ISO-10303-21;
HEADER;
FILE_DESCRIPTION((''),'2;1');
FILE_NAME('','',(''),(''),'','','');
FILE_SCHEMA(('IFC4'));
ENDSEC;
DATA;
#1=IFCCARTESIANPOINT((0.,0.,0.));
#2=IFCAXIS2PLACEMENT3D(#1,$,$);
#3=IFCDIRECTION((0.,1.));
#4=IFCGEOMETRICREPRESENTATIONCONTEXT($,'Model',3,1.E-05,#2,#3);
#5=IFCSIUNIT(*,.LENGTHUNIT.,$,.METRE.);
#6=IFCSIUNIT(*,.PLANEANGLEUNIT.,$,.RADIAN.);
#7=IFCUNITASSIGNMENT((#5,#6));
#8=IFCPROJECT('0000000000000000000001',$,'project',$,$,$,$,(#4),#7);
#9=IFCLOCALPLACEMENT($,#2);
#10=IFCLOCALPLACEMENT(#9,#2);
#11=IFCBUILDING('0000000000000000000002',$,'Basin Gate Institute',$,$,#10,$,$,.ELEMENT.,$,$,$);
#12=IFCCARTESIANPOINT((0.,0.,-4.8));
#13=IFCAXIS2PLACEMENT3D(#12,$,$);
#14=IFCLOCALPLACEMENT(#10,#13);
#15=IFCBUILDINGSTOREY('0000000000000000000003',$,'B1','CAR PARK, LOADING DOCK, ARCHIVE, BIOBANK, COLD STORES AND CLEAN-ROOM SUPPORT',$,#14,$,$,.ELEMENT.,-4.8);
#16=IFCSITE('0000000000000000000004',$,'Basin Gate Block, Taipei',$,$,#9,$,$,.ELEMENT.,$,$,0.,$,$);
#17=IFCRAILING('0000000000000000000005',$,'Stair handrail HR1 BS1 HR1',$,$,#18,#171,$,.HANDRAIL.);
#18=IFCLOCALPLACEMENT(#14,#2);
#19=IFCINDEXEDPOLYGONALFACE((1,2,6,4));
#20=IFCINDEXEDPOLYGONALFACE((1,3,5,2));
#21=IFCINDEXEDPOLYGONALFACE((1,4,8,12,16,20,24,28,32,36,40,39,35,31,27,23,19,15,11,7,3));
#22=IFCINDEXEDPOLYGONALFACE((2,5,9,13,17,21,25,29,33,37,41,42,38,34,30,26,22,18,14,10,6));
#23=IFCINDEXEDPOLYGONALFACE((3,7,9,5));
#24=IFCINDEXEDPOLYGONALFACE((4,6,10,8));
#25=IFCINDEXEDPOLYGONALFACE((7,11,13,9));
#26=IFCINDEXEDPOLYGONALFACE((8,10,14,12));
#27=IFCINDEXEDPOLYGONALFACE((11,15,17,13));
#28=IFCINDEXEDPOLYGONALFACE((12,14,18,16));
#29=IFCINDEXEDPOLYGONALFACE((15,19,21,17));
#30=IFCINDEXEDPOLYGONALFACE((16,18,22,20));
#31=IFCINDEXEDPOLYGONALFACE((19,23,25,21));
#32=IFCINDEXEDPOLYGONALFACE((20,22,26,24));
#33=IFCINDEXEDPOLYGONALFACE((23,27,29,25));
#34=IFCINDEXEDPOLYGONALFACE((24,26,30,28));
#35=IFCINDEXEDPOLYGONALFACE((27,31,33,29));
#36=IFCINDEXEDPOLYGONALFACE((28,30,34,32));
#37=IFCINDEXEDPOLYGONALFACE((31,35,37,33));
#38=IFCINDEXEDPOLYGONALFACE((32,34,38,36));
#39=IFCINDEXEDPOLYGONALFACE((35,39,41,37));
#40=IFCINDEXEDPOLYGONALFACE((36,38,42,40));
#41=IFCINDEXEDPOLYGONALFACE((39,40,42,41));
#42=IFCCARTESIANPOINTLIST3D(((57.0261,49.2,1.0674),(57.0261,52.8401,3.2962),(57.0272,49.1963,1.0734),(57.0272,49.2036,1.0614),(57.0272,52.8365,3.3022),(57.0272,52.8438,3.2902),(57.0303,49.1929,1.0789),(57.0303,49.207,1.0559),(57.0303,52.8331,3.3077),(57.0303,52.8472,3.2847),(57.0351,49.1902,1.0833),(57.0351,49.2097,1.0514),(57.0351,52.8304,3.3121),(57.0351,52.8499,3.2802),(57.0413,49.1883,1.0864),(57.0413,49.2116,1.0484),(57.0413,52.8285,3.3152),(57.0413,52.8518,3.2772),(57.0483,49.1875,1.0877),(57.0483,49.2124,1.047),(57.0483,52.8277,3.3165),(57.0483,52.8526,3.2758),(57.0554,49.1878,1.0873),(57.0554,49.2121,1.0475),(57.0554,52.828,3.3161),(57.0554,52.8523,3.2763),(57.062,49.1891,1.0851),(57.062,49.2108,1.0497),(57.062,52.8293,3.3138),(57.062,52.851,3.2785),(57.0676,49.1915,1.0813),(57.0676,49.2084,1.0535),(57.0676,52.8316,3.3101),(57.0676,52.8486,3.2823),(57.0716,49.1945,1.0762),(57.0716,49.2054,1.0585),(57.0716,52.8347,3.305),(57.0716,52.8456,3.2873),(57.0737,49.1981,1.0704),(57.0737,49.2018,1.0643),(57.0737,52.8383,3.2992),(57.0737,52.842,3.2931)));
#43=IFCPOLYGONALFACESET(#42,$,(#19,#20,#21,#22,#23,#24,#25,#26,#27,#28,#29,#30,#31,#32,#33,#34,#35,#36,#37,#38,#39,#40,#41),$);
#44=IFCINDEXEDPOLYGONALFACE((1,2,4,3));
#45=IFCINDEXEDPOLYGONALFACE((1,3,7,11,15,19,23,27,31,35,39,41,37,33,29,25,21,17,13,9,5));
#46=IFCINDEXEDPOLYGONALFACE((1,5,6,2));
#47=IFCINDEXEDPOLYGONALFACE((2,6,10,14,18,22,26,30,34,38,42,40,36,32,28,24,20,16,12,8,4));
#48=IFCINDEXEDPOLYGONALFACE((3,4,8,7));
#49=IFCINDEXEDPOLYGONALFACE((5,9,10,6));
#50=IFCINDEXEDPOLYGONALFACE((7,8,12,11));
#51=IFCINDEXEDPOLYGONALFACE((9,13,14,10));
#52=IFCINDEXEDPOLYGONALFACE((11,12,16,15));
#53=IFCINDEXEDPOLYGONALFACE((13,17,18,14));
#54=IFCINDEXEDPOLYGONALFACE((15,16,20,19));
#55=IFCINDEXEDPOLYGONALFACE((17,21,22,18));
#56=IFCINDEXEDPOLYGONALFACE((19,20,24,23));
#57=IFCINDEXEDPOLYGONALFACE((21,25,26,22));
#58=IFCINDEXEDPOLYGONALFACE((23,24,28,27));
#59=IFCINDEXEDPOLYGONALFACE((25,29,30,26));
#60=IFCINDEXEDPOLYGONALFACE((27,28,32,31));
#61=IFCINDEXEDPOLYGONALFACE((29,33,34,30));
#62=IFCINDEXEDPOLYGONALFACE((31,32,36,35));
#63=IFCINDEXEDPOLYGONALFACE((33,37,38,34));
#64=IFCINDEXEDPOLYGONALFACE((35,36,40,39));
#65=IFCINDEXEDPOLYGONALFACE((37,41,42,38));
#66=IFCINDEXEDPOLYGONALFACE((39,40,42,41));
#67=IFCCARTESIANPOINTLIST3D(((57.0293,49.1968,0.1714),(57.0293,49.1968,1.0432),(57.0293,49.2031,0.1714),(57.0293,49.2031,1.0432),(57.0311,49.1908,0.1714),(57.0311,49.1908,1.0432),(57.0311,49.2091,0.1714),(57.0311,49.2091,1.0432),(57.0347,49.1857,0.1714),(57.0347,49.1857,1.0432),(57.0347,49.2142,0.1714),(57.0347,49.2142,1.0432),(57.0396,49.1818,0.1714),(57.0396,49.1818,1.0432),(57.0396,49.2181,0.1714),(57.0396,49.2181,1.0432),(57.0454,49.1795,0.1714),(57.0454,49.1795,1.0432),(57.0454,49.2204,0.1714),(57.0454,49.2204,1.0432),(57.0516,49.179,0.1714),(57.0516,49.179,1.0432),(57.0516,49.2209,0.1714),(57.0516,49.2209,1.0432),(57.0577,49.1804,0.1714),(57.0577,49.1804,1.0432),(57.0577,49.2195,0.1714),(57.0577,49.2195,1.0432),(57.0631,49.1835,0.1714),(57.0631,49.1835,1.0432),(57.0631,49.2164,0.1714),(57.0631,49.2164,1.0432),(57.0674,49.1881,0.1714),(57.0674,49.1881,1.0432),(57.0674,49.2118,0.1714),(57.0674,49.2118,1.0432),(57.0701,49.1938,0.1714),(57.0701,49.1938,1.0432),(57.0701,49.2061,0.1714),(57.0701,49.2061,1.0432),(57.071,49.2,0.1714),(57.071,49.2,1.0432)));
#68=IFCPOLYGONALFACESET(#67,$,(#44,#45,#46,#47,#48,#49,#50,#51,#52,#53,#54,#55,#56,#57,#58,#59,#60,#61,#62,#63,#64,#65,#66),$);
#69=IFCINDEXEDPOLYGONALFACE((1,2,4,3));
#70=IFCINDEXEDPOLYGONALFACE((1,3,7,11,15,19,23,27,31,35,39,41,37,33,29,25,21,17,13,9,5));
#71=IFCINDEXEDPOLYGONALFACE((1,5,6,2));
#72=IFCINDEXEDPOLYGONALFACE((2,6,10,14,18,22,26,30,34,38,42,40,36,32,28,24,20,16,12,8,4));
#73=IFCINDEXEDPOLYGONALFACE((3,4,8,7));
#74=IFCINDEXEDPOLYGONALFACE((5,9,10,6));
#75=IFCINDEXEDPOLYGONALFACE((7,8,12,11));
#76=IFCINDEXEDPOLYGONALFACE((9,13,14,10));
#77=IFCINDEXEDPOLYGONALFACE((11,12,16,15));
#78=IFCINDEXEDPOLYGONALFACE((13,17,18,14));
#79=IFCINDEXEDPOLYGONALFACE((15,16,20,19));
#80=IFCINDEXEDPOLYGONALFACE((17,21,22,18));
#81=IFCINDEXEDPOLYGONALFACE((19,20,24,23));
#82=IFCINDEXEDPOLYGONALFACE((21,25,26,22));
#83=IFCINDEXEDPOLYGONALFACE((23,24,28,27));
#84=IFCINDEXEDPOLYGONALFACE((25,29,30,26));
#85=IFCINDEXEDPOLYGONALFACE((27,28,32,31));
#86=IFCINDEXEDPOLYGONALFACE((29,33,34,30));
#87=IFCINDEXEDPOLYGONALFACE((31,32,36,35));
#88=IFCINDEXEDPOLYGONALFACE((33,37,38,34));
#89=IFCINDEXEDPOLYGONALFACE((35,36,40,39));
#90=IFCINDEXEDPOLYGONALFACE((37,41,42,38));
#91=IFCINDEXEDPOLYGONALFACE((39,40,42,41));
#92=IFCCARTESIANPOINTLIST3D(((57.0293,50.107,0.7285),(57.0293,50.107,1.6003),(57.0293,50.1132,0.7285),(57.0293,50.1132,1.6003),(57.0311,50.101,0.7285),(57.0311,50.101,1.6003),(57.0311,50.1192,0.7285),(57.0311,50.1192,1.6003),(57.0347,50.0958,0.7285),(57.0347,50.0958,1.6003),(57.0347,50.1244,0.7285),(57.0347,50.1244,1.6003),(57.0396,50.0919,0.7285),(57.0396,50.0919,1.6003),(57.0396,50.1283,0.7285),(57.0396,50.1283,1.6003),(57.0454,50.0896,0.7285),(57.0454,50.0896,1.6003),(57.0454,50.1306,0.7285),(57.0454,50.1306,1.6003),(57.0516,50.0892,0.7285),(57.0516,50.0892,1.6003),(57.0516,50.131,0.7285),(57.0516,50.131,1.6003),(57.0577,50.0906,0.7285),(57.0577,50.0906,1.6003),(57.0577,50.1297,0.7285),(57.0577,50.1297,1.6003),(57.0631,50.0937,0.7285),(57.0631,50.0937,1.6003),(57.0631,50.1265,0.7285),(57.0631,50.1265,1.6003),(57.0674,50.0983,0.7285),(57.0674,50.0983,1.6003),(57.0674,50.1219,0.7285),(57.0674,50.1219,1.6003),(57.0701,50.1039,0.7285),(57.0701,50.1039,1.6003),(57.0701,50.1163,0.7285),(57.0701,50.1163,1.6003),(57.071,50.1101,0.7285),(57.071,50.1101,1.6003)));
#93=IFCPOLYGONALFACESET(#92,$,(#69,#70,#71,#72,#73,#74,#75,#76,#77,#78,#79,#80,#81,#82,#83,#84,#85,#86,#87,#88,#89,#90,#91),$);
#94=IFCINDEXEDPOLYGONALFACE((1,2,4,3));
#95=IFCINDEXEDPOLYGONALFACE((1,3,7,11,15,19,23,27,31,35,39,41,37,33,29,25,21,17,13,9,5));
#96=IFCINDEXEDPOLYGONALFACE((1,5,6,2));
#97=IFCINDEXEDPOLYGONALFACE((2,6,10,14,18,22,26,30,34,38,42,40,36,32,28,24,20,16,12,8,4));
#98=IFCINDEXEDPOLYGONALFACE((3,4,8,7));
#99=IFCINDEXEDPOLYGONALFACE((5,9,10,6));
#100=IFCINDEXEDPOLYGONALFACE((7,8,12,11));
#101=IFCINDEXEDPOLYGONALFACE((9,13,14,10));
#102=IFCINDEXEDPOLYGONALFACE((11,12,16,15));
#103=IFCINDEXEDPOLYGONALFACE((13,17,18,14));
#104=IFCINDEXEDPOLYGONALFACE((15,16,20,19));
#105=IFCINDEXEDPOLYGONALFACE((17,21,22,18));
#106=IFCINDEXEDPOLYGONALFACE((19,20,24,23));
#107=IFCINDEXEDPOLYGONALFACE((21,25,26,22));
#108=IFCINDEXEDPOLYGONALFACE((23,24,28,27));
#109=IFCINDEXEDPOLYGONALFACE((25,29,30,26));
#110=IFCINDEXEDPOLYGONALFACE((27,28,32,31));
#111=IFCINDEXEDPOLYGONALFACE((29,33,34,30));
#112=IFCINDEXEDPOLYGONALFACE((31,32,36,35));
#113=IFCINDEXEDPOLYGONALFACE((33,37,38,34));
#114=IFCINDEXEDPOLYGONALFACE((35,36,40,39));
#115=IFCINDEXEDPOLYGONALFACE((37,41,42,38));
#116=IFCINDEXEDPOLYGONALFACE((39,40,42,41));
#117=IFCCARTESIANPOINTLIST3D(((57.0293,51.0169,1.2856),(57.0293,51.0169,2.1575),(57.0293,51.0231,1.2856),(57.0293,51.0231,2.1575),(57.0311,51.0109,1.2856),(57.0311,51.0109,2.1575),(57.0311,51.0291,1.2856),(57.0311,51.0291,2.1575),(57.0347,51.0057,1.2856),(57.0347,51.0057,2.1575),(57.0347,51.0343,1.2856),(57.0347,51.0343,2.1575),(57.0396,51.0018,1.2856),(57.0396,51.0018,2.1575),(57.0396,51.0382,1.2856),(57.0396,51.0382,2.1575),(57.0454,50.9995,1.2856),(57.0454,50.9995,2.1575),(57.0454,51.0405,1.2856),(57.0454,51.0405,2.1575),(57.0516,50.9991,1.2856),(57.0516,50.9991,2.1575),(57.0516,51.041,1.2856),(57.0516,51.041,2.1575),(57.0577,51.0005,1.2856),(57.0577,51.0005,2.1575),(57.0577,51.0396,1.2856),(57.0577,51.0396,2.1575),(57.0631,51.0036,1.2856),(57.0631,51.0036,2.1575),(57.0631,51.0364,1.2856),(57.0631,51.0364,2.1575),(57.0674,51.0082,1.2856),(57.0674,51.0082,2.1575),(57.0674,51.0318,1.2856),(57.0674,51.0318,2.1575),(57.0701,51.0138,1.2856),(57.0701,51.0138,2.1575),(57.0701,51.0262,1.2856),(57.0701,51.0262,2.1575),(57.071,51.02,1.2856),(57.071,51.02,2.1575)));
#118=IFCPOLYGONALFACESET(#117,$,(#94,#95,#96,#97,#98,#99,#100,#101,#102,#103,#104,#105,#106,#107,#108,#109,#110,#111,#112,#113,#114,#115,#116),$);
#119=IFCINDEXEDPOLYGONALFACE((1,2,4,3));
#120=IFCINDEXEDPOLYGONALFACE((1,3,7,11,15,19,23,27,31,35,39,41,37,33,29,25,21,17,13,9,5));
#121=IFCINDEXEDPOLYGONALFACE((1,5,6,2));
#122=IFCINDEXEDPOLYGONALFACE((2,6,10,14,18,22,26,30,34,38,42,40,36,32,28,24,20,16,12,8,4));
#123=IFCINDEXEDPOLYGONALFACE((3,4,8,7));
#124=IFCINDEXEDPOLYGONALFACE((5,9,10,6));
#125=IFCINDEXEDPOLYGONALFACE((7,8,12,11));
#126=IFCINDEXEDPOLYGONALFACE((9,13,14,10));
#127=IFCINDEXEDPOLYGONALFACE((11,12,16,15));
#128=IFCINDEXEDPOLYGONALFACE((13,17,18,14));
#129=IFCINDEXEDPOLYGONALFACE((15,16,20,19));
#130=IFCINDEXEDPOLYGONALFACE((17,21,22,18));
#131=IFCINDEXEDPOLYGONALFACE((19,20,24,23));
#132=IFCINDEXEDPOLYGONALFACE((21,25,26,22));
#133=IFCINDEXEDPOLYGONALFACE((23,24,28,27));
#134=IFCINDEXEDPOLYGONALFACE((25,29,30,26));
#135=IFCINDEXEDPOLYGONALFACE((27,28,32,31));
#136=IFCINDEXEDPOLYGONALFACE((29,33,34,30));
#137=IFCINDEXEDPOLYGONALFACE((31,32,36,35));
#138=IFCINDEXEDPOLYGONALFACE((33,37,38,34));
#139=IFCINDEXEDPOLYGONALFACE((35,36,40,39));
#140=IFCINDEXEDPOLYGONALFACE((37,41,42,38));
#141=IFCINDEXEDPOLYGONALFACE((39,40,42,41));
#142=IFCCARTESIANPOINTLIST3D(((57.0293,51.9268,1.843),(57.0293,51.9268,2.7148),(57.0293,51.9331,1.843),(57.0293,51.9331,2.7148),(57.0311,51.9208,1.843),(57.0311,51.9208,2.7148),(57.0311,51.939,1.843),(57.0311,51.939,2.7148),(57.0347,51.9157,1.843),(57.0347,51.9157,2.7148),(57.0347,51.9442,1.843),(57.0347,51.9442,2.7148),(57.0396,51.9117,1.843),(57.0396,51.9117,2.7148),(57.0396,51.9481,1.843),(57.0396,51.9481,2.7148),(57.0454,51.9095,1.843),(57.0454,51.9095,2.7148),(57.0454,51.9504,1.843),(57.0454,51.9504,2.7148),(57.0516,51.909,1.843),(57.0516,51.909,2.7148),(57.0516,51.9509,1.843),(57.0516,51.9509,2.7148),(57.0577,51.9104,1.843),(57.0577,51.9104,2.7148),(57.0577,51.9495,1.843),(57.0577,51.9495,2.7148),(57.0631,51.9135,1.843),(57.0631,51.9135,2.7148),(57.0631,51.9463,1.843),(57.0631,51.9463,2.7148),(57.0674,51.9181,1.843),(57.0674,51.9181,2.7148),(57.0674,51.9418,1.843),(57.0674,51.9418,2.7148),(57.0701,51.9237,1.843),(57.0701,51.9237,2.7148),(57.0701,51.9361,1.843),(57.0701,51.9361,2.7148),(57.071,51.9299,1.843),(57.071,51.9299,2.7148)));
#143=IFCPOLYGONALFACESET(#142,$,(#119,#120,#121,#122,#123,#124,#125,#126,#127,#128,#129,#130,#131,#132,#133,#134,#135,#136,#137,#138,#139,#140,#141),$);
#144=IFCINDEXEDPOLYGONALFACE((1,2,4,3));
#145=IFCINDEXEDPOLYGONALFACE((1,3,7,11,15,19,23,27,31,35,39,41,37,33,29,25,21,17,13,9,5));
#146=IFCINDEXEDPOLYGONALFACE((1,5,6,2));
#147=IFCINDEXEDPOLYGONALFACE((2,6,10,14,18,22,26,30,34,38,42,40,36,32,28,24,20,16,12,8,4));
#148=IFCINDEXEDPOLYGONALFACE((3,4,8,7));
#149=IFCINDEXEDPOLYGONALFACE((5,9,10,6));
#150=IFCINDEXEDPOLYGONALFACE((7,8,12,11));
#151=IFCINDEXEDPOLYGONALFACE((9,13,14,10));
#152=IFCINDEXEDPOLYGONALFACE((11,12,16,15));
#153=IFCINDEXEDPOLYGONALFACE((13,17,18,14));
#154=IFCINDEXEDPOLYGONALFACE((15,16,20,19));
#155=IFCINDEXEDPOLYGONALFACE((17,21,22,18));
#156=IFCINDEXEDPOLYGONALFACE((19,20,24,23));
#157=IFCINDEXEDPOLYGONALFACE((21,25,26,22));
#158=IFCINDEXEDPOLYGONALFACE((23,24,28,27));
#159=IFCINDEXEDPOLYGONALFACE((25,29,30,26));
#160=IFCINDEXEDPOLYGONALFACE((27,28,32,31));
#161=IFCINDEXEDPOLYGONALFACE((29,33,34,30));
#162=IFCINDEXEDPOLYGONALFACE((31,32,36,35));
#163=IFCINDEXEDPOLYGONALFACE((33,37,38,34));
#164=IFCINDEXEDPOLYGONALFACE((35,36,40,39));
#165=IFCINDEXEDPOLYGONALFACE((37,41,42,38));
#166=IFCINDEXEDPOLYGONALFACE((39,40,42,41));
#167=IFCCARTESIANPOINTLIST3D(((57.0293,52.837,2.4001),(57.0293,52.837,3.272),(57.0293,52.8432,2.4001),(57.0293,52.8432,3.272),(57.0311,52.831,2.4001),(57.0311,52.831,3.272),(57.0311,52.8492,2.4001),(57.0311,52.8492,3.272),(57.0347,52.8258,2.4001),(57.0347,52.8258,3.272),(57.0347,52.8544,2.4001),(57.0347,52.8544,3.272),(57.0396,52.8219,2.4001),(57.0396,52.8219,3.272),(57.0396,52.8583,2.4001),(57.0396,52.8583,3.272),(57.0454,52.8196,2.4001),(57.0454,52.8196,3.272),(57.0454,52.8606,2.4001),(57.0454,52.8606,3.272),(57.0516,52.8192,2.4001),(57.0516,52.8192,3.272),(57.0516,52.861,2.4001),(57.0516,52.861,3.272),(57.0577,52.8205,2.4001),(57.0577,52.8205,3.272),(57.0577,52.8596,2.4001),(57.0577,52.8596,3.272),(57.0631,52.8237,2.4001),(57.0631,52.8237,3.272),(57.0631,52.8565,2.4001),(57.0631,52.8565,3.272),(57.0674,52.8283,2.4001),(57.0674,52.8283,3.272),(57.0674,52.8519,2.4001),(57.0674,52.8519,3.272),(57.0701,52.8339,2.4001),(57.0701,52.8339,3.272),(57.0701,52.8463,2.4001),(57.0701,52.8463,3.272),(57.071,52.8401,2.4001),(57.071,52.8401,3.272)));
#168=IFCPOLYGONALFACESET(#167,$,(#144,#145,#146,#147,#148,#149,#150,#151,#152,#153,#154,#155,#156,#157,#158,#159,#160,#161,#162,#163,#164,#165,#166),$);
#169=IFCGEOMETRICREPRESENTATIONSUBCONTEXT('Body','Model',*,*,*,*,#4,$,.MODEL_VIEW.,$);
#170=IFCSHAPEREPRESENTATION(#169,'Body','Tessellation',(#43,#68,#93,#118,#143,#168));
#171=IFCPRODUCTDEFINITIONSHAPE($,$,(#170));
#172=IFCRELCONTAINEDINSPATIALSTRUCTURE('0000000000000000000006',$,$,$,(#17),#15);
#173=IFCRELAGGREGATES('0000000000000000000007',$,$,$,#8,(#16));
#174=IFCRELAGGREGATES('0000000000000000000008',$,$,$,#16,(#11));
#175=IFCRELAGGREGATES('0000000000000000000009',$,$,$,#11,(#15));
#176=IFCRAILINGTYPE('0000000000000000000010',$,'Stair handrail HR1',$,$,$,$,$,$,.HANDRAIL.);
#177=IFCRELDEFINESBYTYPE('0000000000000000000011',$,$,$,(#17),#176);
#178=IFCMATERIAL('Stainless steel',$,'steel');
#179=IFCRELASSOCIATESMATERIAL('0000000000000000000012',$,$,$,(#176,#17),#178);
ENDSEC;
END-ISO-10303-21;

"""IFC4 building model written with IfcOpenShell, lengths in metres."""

from ifc_helpers import new_model, si_unit, direction, frame, origin, origin_2d, place, context, subcontext, project, spatial, circle, extrude, material, type_object, element, save


model = new_model("IFC4")

# Units and contexts
model_context = context("Model", 3, precision=1e-05, world=origin(), true_north=direction((0.0, 1.0)))
body_context = subcontext(model_context, "Body", "Model", "MODEL_VIEW")
ifc_project = project(units=[si_unit("LENGTHUNIT", "METRE"), si_unit("PLANEANGLEUNIT", "RADIAN")], contexts=[model_context])

# Site, building, storey
site_placement = place(None, origin())
site = spatial("IfcSite", under=ifc_project, at=site_placement, Name="Basin Gate Block, Taipei", CompositionType="ELEMENT", RefElevation=0.0)
building_placement = place(site_placement, origin())
building = spatial("IfcBuilding", under=site, at=building_placement, Name="Basin Gate Institute", CompositionType="ELEMENT")
storey_placement = place(building_placement, frame((0.0, 0.0, -4.8)))
storey = spatial("IfcBuildingStorey", under=building, at=storey_placement, Name="B1", Description="CAR PARK, LOADING DOCK, ARCHIVE, BIOBANK, COLD STORES AND CLEAN-ROOM SUPPORT", CompositionType="ELEMENT", Elevation=-4.8)

# Railing
ifc_material_1 = material(Name="Stainless steel", Category="steel")
railing_type_1 = type_object("IfcRailingType", Name="Stair handrail HR1", PredefinedType="HANDRAIL", material=ifc_material_1)
for number, where, name in (
    (1, (57.05, 49.2, 0.1714), "Stair handrail HR1 BS1 HR1"),
):
    element("IfcRailing", number, at=place(storey_placement, frame(where)), inside=storey, type_object=railing_type_1, material=ifc_material_1, Name=name, PredefinedType="HANDRAIL", context=body_context, shape_type="SweptSolid", body=[
        extrude(circle(Radius=0.0239, at=origin_2d()), frame((0.0, 0.0, 0.896), z_axis=(0.0, 0.85284, 0.522172), x_axis=(-1.0, 0.0, 0.0)), (0.0, 0.0, 1.0), 4.2683),
        extrude(circle(Radius=0.021, at=origin_2d()), origin(), (0.0, 0.0, 1.0), 0.8718),
        extrude(circle(Radius=0.021, at=origin_2d()), frame((0.0, 0.9102, 0.5571)), (0.0, 0.0, 1.0), 0.8718),
        extrude(circle(Radius=0.021, at=origin_2d()), frame((0.0, 1.8201, 1.1143)), (0.0, 0.0, 1.0), 0.8718),
        extrude(circle(Radius=0.021, at=origin_2d()), frame((0.0, 2.73, 1.6716)), (0.0, 0.0, 1.0), 0.8718),
        extrude(circle(Radius=0.021, at=origin_2d()), frame((0.0, 3.6401, 2.2288)), (0.0, 0.0, 1.0), 0.8718),
    ])

save(model, "model.ifc")
